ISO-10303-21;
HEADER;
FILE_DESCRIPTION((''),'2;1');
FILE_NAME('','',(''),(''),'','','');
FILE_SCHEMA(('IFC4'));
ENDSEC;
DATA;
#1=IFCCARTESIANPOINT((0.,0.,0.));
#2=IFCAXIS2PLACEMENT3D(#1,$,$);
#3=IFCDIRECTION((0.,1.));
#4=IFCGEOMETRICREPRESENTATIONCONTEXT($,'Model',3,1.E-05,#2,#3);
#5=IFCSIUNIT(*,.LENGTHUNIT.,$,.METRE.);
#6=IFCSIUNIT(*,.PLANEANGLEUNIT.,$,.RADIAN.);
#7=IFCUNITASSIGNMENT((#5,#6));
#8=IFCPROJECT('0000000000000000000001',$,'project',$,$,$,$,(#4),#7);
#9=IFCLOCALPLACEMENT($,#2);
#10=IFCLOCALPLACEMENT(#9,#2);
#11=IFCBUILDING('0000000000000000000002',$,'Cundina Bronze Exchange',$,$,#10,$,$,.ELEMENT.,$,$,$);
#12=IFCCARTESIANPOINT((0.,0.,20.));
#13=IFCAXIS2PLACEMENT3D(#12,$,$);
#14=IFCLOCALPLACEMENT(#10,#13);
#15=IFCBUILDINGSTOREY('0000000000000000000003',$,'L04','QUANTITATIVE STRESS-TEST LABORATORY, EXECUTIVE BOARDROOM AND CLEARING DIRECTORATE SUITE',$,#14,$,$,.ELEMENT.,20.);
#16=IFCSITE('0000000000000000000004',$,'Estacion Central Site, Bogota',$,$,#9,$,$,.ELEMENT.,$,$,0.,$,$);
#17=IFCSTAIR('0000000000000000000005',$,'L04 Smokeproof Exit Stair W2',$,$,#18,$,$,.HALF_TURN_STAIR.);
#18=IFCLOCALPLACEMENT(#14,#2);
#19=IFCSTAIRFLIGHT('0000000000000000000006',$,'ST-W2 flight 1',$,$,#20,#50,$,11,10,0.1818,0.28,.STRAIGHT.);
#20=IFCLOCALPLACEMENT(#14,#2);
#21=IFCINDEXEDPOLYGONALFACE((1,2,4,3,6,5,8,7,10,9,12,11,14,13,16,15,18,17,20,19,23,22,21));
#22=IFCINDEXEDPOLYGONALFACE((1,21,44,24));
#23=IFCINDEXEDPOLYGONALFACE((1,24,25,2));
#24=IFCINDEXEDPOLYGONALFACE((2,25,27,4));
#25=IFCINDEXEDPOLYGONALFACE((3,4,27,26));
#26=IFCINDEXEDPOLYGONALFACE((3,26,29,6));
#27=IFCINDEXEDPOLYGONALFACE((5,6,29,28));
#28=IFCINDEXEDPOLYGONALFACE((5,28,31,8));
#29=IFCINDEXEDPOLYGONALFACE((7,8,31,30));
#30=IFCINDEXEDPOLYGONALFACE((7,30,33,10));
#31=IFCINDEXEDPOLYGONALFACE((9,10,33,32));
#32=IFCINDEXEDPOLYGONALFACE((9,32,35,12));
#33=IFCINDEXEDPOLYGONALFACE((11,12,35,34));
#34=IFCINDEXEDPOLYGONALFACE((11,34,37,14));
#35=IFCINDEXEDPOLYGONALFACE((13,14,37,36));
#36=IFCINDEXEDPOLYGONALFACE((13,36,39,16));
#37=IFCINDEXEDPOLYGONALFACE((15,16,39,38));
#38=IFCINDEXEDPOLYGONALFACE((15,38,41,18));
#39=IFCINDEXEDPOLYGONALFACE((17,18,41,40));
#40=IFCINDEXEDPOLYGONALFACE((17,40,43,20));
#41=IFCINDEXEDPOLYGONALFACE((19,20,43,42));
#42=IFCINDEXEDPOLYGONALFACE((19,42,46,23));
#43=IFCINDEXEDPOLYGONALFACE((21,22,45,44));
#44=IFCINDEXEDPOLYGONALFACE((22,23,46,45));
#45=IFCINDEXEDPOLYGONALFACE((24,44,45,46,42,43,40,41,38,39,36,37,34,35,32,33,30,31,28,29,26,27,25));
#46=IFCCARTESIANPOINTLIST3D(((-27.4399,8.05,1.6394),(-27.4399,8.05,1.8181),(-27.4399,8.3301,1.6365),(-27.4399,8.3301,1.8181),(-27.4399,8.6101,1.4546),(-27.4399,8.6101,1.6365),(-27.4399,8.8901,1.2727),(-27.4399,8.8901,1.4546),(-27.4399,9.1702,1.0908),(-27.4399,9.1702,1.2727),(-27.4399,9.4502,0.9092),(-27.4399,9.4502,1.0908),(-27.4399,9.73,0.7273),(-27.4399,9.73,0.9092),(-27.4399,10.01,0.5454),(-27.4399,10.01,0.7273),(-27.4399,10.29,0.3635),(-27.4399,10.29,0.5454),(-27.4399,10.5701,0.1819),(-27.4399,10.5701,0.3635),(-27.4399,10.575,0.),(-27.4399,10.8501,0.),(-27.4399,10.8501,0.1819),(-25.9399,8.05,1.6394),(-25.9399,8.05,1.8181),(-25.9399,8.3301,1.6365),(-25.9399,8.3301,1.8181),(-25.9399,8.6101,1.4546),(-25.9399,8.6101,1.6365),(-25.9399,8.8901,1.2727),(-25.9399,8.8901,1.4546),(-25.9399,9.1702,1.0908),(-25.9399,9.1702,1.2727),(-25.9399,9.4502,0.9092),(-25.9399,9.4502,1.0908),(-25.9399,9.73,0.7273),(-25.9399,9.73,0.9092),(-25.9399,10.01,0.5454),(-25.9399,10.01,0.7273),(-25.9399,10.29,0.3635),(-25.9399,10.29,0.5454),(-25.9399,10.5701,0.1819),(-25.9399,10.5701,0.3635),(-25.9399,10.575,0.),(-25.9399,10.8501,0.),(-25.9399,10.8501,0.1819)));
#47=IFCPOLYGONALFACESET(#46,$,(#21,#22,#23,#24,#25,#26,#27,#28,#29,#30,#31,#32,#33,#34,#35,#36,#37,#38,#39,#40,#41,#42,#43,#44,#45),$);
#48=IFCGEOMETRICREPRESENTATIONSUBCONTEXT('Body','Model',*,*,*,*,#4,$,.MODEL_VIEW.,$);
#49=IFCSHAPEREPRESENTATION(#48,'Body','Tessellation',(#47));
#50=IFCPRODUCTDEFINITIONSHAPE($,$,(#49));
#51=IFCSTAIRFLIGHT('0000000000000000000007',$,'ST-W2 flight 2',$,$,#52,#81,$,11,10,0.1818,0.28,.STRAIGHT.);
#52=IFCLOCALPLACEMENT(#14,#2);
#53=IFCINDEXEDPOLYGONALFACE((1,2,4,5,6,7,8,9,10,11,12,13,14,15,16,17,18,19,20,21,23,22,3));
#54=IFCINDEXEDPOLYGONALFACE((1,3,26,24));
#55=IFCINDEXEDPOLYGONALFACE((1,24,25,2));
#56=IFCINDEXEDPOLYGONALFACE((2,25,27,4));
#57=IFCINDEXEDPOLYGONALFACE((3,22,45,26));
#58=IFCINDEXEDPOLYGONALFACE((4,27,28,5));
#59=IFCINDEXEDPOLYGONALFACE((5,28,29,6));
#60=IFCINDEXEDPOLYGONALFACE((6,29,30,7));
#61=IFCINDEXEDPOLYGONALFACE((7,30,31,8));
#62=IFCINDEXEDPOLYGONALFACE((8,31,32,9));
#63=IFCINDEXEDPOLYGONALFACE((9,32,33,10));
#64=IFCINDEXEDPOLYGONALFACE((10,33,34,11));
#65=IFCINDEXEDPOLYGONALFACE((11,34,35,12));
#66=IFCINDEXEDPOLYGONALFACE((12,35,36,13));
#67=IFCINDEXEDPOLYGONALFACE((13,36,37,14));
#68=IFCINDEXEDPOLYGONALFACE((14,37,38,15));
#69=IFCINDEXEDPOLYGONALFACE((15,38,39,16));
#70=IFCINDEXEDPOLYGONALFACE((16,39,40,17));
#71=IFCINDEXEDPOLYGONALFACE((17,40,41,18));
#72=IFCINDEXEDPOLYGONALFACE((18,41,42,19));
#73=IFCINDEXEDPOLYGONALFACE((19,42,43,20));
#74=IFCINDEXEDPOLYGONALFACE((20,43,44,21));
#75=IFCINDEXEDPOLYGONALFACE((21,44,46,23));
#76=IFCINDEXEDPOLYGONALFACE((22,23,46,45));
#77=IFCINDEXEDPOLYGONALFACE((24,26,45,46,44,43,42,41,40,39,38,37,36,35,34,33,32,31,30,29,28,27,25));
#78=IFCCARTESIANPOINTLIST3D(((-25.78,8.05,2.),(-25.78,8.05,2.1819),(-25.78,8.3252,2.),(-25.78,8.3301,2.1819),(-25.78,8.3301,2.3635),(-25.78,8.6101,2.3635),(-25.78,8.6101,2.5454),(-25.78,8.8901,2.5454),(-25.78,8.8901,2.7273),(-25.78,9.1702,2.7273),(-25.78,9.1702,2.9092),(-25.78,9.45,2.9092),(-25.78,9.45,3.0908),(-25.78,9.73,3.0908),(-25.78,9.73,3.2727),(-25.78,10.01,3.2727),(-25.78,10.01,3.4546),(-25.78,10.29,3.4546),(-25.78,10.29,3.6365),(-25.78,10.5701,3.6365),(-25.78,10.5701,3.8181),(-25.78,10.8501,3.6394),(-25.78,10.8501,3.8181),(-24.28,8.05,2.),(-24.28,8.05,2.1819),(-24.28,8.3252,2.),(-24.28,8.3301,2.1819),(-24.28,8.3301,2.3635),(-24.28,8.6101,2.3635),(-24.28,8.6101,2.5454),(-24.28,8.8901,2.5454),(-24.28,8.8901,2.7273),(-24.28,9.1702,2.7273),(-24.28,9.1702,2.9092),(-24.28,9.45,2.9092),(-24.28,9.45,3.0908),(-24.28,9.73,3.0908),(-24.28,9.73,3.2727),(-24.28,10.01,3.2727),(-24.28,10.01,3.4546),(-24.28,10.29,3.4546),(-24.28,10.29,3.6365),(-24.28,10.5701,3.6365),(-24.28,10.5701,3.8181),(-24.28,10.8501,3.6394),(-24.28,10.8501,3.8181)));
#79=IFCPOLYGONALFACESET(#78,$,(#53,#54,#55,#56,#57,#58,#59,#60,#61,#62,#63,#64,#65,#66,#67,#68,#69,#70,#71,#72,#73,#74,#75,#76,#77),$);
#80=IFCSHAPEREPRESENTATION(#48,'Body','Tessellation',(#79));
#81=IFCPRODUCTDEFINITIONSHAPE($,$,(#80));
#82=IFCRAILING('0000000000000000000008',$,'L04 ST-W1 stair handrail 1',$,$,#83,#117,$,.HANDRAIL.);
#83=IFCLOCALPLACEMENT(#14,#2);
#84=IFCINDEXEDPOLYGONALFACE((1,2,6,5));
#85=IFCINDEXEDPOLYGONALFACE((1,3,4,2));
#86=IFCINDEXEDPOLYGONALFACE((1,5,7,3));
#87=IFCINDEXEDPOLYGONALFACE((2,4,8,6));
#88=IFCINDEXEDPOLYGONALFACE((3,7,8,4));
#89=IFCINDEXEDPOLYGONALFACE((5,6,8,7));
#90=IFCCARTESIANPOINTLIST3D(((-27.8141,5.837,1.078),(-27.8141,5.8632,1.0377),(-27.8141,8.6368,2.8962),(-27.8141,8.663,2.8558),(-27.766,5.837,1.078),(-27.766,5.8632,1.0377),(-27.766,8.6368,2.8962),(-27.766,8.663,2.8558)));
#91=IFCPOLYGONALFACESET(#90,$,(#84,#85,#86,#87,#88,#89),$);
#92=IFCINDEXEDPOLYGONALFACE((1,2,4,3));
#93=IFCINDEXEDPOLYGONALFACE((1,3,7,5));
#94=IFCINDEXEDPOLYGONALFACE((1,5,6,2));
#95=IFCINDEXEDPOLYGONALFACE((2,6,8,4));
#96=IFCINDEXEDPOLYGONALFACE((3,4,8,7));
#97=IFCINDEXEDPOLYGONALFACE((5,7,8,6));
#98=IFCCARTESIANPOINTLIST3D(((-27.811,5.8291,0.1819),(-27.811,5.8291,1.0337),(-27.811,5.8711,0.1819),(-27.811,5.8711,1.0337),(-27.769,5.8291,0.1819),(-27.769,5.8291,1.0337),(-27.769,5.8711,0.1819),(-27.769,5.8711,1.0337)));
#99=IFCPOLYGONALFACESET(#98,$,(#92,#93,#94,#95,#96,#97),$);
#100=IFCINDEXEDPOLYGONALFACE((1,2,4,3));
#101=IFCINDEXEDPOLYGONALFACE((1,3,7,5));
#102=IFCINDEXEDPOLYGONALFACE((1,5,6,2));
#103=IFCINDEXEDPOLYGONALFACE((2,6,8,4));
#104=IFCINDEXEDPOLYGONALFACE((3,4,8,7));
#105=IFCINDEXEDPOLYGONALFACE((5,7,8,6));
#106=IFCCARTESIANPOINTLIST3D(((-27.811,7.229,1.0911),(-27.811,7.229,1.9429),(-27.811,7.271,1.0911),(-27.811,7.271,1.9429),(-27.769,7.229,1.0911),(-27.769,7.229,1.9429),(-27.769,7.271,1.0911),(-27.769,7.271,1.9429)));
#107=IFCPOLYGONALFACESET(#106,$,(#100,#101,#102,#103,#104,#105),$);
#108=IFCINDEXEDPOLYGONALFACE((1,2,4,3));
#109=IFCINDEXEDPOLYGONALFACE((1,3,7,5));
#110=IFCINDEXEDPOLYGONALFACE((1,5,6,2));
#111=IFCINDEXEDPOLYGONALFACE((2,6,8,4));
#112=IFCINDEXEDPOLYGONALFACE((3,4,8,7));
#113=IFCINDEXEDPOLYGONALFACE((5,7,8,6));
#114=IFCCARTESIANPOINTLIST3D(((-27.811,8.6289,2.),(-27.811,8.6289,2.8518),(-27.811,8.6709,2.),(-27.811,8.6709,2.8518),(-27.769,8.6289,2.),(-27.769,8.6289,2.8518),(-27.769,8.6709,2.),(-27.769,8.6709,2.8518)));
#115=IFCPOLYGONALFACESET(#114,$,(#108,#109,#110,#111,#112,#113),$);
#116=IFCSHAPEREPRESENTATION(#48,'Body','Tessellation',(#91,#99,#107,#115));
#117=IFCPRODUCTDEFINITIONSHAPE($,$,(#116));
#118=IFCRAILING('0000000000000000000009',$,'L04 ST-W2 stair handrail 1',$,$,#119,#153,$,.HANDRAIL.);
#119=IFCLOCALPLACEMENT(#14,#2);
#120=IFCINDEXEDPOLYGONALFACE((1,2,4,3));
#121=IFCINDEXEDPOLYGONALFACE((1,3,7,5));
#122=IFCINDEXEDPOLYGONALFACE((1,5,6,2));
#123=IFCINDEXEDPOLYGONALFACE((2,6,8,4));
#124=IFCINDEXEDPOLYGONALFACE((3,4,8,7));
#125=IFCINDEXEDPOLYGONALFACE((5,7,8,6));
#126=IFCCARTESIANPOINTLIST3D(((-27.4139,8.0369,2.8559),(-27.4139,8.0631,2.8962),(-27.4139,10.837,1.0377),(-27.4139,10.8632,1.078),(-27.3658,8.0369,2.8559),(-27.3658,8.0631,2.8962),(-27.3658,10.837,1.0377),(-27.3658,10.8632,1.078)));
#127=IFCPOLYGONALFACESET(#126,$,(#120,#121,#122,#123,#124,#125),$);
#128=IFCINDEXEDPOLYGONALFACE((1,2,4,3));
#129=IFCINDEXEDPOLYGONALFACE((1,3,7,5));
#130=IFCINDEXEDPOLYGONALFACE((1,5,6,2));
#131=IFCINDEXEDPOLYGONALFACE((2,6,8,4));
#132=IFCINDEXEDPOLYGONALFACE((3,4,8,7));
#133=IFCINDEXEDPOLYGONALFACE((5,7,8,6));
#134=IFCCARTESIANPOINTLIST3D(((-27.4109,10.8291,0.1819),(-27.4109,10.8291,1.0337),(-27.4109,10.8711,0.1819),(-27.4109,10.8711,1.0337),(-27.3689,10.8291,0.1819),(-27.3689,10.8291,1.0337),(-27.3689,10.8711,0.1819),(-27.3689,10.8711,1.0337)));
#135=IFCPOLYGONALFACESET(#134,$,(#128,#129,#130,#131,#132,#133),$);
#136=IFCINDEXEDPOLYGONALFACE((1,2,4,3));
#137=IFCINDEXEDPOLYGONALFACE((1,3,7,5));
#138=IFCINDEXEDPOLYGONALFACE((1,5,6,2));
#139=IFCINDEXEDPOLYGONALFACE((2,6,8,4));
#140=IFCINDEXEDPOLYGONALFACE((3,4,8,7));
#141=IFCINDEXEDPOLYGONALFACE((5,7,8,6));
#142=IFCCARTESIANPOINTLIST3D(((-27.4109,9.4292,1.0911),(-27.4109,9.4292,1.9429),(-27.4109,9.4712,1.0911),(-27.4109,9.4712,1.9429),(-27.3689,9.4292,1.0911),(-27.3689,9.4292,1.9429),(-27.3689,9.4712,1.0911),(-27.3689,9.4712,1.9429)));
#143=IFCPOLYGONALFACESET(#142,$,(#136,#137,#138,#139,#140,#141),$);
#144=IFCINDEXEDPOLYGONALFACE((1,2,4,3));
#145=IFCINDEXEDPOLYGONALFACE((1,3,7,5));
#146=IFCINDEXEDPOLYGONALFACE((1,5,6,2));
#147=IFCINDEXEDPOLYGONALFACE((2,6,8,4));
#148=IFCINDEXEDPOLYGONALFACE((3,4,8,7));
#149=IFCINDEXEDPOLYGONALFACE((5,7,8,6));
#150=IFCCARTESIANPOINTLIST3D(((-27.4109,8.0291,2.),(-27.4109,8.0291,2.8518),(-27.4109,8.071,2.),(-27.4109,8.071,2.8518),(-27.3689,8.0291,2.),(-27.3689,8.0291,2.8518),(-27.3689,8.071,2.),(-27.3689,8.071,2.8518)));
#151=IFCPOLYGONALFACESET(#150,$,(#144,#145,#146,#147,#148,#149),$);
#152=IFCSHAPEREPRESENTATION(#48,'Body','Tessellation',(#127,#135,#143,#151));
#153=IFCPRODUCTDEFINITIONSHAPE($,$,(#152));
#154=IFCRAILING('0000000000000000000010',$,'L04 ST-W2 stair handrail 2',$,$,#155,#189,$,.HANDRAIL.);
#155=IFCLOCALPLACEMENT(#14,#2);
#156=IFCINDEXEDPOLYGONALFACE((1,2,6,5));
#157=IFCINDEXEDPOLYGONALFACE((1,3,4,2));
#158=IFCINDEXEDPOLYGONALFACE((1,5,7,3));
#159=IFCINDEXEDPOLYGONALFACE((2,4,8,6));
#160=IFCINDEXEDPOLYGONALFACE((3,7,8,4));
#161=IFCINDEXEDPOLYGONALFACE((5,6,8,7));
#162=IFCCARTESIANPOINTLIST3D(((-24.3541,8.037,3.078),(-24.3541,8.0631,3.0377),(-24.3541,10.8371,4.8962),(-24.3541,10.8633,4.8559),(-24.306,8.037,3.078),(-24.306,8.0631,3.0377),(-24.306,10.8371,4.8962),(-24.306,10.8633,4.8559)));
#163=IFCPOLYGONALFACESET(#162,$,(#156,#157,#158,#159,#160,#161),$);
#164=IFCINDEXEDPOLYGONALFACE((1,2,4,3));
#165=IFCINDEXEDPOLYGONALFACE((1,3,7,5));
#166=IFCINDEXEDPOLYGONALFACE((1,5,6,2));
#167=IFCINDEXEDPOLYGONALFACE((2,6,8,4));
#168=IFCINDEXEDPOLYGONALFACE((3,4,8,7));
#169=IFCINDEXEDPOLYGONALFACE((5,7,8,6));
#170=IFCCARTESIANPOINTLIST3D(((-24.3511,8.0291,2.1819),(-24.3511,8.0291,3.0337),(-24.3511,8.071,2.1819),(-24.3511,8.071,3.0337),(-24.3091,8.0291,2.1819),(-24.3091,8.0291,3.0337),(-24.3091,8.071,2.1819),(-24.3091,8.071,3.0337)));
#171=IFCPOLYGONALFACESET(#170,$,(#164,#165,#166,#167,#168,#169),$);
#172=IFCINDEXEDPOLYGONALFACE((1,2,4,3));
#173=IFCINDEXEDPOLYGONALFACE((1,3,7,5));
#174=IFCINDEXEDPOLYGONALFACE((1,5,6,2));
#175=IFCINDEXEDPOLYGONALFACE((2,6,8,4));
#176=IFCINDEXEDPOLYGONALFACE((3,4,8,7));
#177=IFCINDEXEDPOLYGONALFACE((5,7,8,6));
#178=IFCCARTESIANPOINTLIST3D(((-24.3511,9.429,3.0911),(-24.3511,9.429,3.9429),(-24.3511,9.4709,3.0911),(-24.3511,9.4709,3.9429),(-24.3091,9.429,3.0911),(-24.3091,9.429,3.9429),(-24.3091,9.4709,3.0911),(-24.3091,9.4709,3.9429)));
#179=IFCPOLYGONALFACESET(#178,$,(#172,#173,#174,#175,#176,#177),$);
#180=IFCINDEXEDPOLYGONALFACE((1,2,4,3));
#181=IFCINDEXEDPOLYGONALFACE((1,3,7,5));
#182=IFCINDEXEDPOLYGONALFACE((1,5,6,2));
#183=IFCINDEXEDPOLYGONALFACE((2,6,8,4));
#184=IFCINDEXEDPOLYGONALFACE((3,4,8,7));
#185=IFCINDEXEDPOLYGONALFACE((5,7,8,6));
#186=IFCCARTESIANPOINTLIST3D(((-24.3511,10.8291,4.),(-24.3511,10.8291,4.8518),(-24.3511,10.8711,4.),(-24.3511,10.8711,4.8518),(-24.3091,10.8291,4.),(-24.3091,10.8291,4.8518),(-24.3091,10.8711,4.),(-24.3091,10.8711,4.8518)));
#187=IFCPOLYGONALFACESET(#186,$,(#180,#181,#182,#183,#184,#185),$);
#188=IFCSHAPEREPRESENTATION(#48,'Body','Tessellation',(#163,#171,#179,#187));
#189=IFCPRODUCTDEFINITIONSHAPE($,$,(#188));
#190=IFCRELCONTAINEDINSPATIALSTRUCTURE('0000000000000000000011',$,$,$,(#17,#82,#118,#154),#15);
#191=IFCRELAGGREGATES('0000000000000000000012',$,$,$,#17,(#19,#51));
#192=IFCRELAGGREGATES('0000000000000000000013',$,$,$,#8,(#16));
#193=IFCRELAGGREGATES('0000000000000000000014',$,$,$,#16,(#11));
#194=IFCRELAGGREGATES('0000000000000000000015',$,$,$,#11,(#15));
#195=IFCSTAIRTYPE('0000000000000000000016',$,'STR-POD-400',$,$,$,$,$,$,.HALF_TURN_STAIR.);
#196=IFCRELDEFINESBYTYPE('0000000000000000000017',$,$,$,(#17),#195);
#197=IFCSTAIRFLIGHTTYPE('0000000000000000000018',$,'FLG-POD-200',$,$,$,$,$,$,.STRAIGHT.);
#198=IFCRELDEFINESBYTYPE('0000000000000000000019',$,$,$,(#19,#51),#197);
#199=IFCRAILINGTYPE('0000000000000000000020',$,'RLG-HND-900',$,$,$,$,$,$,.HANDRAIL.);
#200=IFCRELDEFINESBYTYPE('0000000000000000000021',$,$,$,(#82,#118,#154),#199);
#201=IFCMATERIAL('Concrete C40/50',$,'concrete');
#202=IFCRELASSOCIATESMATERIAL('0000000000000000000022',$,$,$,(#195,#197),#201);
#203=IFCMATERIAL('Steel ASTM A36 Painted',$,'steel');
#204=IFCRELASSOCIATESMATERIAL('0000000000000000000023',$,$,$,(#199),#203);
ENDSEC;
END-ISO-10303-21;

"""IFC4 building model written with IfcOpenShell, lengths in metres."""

from ifc_helpers import new_model, si_unit, direction, frame, origin, origin_2d, place, context, subcontext, project, spatial, polyline, rectangle, outline, extrude, material, type_object, element, aggregate, save


model = new_model("IFC4")

# Units and contexts
model_context = context("Model", 3, precision=1e-05, world=origin(), true_north=direction((0.0, 1.0)))
body_context = subcontext(model_context, "Body", "Model", "MODEL_VIEW")
ifc_project = project(units=[si_unit("LENGTHUNIT", "METRE"), si_unit("PLANEANGLEUNIT", "RADIAN")], contexts=[model_context])

# Site, building, storey
site_placement = place(None, origin())
site = spatial("IfcSite", under=ifc_project, at=site_placement, Name="Estacion Central Site, Bogota", CompositionType="ELEMENT", RefElevation=0.0)
building_placement = place(site_placement, origin())
building = spatial("IfcBuilding", under=site, at=building_placement, Name="Cundina Bronze Exchange", CompositionType="ELEMENT")
storey_placement = place(building_placement, frame((0.0, 0.0, 20.0)))
storey = spatial("IfcBuildingStorey", under=building, at=storey_placement, Name="L04", Description="QUANTITATIVE STRESS-TEST LABORATORY, EXECUTIVE BOARDROOM AND CLEARING DIRECTORATE SUITE", CompositionType="ELEMENT", Elevation=20.0)

# Shared definitions
ifc_material_1 = material(Name="Concrete C40/50", Category="concrete")

# Shared definitions
ifc_material_2 = material(Name="Steel ASTM A36 Painted", Category="steel")

# Stair, stair flights
stair_type = type_object("IfcStairType", Name="STR-POD-400", PredefinedType="HALF_TURN_STAIR", material=ifc_material_1)
stair_placement = place(storey_placement, origin())
stair = element("IfcStair", 1, at=stair_placement, inside=storey, type_object=stair_type, Name="L04 Smokeproof Exit Stair W2", PredefinedType="HALF_TURN_STAIR")
stair_flight_type = type_object("IfcStairFlightType", Name="FLG-POD-200", PredefinedType="STRAIGHT", material=ifc_material_1)
stair_flight_1_placement = place(storey_placement, frame((-26.6899, 10.8501, 0.0), z_axis=(0.0, 0.0, 1.0), x_axis=(0.0, -1.0, 0.0)))
stair_flight_1 = element("IfcStairFlight", 2, at=stair_flight_1_placement, type_object=stair_flight_type, Name="ST-W2 flight 1", NumberOfRisers=11, NumberOfTreads=10, PredefinedType="STRAIGHT", RiserHeight=0.1818, TreadLength=0.28, context=body_context, shape_type="SweptSolid", body=[
    extrude(outline(polyline([(0.0, 0.0), (0.0, 0.1819), (0.28, 0.1819), (0.28, 0.3635), (0.5601, 0.3635), (0.5601, 0.5454), (0.8401, 0.5454), (0.8401, 0.7273), (1.1201, 0.7273), (1.1201, 0.9092), (1.3999, 0.9092), (1.3999, 1.0908), (1.6799, 1.0908), (1.6799, 1.2727), (1.96, 1.2727), (1.96, 1.4546), (2.24, 1.4546), (2.24, 1.6365), (2.52, 1.6365), (2.52, 1.8181), (2.8, 1.8181), (2.8, 2.0), (2.8, 1.6394), (0.2751, 0.0), (0.0, 0.0)])), frame((0.0, 0.75, 0.0), z_axis=(0.0, -1.0, 0.0), x_axis=(1.0, 0.0, 0.0)), (0.0, 0.0, 1.0), 1.5),
])
stair_flight_2_placement = place(storey_placement, frame((-25.03, 8.05, 2.0), z_axis=(0.0, 0.0, 1.0), x_axis=(0.0, 1.0, 0.0)))
stair_flight_2 = element("IfcStairFlight", 3, at=stair_flight_2_placement, type_object=stair_flight_type, Name="ST-W2 flight 2", NumberOfRisers=11, NumberOfTreads=10, PredefinedType="STRAIGHT", RiserHeight=0.1818, TreadLength=0.28, context=body_context, shape_type="SweptSolid", body=[
    extrude(outline(polyline([(0.0, 0.0), (0.0, 0.1819), (0.28, 0.1819), (0.28, 0.3635), (0.5601, 0.3635), (0.5601, 0.5454), (0.8401, 0.5454), (0.8401, 0.7273), (1.1201, 0.7273), (1.1201, 0.9092), (1.3999, 0.9092), (1.3999, 1.0908), (1.6799, 1.0908), (1.6799, 1.2727), (1.96, 1.2727), (1.96, 1.4546), (2.24, 1.4546), (2.24, 1.6365), (2.52, 1.6365), (2.52, 1.8181), (2.8, 1.8181), (2.8, 2.0), (2.8, 1.6394), (0.2751, 0.0), (0.0, 0.0)])), frame((0.0, 0.75, 0.0), z_axis=(0.0, -1.0, 0.0), x_axis=(1.0, 0.0, 0.0)), (0.0, 0.0, 1.0), 1.5),
])
aggregate(stair, [stair_flight_1, stair_flight_2])

# Railings
railing_type_1 = type_object("IfcRailingType", Name="RLG-HND-900", PredefinedType="HANDRAIL", material=ifc_material_2)
railing_1_placement = place(storey_placement, frame((-27.79, 5.8501, 0.1819)))
element("IfcRailing", 4, at=railing_1_placement, inside=storey, type_object=railing_type_1, Name="L04 ST-W1 stair handrail 1", PredefinedType="HANDRAIL", context=body_context, shape_type="SweptSolid", body=[
    extrude(rectangle(XDim=0.0481, YDim=0.0481, at=origin_2d()), frame((0.0, 0.0, 0.876), z_axis=(0.0, 0.838684, 0.544618), x_axis=(-1.0, 0.0, 0.0)), (0.0, 0.0, 1.0), 3.3384),
    extrude(rectangle(XDim=0.042, YDim=0.042, at=origin_2d()), origin(), (0.0, 0.0, 1.0), 0.8518),
    extrude(rectangle(XDim=0.042, YDim=0.042, at=origin_2d()), frame((0.0, 1.3999, 0.9092)), (0.0, 0.0, 1.0), 0.8518),
    extrude(rectangle(XDim=0.042, YDim=0.042, at=origin_2d()), frame((0.0, 2.7998, 1.8181)), (0.0, 0.0, 1.0), 0.8518),
])
railing_2_placement = place(storey_placement, frame((-27.3899, 10.8501, 0.1819)))
element("IfcRailing", 5, at=railing_2_placement, inside=storey, type_object=railing_type_1, Name="L04 ST-W2 stair handrail 1", PredefinedType="HANDRAIL", context=body_context, shape_type="SweptSolid", body=[
    extrude(rectangle(XDim=0.0481, YDim=0.0481, at=origin_2d()), frame((0.0, 0.0, 0.876), z_axis=(0.0, -0.838706, 0.544585), x_axis=(1.0, 0.0, 0.0)), (0.0, 0.0, 1.0), 3.3386),
    extrude(rectangle(XDim=0.042, YDim=0.042, at=origin_2d()), origin(), (0.0, 0.0, 1.0), 0.8518),
    extrude(rectangle(XDim=0.042, YDim=0.042, at=origin_2d()), frame((0.0, -1.3999, 0.9092)), (0.0, 0.0, 1.0), 0.8518),
    extrude(rectangle(XDim=0.042, YDim=0.042, at=origin_2d()), frame((0.0, -2.8, 1.8181)), (0.0, 0.0, 1.0), 0.8518),
])
railing_3_placement = place(storey_placement, frame((-24.3301, 8.05, 2.1819)))
element("IfcRailing", 6, at=railing_3_placement, inside=storey, type_object=railing_type_1, Name="L04 ST-W2 stair handrail 2", PredefinedType="HANDRAIL", context=body_context, shape_type="SweptSolid", body=[
    extrude(rectangle(XDim=0.0481, YDim=0.0481, at=origin_2d()), frame((0.0, 0.0, 0.876), z_axis=(0.0, 0.838706, 0.544585), x_axis=(-1.0, 0.0, 0.0)), (0.0, 0.0, 1.0), 3.3386),
    extrude(rectangle(XDim=0.042, YDim=0.042, at=origin_2d()), origin(), (0.0, 0.0, 1.0), 0.8518),
    extrude(rectangle(XDim=0.042, YDim=0.042, at=origin_2d()), frame((0.0, 1.3999, 0.9092)), (0.0, 0.0, 1.0), 0.8518),
    extrude(rectangle(XDim=0.042, YDim=0.042, at=origin_2d()), frame((0.0, 2.8, 1.8181)), (0.0, 0.0, 1.0), 0.8518),
])

save(model, "model.ifc")
